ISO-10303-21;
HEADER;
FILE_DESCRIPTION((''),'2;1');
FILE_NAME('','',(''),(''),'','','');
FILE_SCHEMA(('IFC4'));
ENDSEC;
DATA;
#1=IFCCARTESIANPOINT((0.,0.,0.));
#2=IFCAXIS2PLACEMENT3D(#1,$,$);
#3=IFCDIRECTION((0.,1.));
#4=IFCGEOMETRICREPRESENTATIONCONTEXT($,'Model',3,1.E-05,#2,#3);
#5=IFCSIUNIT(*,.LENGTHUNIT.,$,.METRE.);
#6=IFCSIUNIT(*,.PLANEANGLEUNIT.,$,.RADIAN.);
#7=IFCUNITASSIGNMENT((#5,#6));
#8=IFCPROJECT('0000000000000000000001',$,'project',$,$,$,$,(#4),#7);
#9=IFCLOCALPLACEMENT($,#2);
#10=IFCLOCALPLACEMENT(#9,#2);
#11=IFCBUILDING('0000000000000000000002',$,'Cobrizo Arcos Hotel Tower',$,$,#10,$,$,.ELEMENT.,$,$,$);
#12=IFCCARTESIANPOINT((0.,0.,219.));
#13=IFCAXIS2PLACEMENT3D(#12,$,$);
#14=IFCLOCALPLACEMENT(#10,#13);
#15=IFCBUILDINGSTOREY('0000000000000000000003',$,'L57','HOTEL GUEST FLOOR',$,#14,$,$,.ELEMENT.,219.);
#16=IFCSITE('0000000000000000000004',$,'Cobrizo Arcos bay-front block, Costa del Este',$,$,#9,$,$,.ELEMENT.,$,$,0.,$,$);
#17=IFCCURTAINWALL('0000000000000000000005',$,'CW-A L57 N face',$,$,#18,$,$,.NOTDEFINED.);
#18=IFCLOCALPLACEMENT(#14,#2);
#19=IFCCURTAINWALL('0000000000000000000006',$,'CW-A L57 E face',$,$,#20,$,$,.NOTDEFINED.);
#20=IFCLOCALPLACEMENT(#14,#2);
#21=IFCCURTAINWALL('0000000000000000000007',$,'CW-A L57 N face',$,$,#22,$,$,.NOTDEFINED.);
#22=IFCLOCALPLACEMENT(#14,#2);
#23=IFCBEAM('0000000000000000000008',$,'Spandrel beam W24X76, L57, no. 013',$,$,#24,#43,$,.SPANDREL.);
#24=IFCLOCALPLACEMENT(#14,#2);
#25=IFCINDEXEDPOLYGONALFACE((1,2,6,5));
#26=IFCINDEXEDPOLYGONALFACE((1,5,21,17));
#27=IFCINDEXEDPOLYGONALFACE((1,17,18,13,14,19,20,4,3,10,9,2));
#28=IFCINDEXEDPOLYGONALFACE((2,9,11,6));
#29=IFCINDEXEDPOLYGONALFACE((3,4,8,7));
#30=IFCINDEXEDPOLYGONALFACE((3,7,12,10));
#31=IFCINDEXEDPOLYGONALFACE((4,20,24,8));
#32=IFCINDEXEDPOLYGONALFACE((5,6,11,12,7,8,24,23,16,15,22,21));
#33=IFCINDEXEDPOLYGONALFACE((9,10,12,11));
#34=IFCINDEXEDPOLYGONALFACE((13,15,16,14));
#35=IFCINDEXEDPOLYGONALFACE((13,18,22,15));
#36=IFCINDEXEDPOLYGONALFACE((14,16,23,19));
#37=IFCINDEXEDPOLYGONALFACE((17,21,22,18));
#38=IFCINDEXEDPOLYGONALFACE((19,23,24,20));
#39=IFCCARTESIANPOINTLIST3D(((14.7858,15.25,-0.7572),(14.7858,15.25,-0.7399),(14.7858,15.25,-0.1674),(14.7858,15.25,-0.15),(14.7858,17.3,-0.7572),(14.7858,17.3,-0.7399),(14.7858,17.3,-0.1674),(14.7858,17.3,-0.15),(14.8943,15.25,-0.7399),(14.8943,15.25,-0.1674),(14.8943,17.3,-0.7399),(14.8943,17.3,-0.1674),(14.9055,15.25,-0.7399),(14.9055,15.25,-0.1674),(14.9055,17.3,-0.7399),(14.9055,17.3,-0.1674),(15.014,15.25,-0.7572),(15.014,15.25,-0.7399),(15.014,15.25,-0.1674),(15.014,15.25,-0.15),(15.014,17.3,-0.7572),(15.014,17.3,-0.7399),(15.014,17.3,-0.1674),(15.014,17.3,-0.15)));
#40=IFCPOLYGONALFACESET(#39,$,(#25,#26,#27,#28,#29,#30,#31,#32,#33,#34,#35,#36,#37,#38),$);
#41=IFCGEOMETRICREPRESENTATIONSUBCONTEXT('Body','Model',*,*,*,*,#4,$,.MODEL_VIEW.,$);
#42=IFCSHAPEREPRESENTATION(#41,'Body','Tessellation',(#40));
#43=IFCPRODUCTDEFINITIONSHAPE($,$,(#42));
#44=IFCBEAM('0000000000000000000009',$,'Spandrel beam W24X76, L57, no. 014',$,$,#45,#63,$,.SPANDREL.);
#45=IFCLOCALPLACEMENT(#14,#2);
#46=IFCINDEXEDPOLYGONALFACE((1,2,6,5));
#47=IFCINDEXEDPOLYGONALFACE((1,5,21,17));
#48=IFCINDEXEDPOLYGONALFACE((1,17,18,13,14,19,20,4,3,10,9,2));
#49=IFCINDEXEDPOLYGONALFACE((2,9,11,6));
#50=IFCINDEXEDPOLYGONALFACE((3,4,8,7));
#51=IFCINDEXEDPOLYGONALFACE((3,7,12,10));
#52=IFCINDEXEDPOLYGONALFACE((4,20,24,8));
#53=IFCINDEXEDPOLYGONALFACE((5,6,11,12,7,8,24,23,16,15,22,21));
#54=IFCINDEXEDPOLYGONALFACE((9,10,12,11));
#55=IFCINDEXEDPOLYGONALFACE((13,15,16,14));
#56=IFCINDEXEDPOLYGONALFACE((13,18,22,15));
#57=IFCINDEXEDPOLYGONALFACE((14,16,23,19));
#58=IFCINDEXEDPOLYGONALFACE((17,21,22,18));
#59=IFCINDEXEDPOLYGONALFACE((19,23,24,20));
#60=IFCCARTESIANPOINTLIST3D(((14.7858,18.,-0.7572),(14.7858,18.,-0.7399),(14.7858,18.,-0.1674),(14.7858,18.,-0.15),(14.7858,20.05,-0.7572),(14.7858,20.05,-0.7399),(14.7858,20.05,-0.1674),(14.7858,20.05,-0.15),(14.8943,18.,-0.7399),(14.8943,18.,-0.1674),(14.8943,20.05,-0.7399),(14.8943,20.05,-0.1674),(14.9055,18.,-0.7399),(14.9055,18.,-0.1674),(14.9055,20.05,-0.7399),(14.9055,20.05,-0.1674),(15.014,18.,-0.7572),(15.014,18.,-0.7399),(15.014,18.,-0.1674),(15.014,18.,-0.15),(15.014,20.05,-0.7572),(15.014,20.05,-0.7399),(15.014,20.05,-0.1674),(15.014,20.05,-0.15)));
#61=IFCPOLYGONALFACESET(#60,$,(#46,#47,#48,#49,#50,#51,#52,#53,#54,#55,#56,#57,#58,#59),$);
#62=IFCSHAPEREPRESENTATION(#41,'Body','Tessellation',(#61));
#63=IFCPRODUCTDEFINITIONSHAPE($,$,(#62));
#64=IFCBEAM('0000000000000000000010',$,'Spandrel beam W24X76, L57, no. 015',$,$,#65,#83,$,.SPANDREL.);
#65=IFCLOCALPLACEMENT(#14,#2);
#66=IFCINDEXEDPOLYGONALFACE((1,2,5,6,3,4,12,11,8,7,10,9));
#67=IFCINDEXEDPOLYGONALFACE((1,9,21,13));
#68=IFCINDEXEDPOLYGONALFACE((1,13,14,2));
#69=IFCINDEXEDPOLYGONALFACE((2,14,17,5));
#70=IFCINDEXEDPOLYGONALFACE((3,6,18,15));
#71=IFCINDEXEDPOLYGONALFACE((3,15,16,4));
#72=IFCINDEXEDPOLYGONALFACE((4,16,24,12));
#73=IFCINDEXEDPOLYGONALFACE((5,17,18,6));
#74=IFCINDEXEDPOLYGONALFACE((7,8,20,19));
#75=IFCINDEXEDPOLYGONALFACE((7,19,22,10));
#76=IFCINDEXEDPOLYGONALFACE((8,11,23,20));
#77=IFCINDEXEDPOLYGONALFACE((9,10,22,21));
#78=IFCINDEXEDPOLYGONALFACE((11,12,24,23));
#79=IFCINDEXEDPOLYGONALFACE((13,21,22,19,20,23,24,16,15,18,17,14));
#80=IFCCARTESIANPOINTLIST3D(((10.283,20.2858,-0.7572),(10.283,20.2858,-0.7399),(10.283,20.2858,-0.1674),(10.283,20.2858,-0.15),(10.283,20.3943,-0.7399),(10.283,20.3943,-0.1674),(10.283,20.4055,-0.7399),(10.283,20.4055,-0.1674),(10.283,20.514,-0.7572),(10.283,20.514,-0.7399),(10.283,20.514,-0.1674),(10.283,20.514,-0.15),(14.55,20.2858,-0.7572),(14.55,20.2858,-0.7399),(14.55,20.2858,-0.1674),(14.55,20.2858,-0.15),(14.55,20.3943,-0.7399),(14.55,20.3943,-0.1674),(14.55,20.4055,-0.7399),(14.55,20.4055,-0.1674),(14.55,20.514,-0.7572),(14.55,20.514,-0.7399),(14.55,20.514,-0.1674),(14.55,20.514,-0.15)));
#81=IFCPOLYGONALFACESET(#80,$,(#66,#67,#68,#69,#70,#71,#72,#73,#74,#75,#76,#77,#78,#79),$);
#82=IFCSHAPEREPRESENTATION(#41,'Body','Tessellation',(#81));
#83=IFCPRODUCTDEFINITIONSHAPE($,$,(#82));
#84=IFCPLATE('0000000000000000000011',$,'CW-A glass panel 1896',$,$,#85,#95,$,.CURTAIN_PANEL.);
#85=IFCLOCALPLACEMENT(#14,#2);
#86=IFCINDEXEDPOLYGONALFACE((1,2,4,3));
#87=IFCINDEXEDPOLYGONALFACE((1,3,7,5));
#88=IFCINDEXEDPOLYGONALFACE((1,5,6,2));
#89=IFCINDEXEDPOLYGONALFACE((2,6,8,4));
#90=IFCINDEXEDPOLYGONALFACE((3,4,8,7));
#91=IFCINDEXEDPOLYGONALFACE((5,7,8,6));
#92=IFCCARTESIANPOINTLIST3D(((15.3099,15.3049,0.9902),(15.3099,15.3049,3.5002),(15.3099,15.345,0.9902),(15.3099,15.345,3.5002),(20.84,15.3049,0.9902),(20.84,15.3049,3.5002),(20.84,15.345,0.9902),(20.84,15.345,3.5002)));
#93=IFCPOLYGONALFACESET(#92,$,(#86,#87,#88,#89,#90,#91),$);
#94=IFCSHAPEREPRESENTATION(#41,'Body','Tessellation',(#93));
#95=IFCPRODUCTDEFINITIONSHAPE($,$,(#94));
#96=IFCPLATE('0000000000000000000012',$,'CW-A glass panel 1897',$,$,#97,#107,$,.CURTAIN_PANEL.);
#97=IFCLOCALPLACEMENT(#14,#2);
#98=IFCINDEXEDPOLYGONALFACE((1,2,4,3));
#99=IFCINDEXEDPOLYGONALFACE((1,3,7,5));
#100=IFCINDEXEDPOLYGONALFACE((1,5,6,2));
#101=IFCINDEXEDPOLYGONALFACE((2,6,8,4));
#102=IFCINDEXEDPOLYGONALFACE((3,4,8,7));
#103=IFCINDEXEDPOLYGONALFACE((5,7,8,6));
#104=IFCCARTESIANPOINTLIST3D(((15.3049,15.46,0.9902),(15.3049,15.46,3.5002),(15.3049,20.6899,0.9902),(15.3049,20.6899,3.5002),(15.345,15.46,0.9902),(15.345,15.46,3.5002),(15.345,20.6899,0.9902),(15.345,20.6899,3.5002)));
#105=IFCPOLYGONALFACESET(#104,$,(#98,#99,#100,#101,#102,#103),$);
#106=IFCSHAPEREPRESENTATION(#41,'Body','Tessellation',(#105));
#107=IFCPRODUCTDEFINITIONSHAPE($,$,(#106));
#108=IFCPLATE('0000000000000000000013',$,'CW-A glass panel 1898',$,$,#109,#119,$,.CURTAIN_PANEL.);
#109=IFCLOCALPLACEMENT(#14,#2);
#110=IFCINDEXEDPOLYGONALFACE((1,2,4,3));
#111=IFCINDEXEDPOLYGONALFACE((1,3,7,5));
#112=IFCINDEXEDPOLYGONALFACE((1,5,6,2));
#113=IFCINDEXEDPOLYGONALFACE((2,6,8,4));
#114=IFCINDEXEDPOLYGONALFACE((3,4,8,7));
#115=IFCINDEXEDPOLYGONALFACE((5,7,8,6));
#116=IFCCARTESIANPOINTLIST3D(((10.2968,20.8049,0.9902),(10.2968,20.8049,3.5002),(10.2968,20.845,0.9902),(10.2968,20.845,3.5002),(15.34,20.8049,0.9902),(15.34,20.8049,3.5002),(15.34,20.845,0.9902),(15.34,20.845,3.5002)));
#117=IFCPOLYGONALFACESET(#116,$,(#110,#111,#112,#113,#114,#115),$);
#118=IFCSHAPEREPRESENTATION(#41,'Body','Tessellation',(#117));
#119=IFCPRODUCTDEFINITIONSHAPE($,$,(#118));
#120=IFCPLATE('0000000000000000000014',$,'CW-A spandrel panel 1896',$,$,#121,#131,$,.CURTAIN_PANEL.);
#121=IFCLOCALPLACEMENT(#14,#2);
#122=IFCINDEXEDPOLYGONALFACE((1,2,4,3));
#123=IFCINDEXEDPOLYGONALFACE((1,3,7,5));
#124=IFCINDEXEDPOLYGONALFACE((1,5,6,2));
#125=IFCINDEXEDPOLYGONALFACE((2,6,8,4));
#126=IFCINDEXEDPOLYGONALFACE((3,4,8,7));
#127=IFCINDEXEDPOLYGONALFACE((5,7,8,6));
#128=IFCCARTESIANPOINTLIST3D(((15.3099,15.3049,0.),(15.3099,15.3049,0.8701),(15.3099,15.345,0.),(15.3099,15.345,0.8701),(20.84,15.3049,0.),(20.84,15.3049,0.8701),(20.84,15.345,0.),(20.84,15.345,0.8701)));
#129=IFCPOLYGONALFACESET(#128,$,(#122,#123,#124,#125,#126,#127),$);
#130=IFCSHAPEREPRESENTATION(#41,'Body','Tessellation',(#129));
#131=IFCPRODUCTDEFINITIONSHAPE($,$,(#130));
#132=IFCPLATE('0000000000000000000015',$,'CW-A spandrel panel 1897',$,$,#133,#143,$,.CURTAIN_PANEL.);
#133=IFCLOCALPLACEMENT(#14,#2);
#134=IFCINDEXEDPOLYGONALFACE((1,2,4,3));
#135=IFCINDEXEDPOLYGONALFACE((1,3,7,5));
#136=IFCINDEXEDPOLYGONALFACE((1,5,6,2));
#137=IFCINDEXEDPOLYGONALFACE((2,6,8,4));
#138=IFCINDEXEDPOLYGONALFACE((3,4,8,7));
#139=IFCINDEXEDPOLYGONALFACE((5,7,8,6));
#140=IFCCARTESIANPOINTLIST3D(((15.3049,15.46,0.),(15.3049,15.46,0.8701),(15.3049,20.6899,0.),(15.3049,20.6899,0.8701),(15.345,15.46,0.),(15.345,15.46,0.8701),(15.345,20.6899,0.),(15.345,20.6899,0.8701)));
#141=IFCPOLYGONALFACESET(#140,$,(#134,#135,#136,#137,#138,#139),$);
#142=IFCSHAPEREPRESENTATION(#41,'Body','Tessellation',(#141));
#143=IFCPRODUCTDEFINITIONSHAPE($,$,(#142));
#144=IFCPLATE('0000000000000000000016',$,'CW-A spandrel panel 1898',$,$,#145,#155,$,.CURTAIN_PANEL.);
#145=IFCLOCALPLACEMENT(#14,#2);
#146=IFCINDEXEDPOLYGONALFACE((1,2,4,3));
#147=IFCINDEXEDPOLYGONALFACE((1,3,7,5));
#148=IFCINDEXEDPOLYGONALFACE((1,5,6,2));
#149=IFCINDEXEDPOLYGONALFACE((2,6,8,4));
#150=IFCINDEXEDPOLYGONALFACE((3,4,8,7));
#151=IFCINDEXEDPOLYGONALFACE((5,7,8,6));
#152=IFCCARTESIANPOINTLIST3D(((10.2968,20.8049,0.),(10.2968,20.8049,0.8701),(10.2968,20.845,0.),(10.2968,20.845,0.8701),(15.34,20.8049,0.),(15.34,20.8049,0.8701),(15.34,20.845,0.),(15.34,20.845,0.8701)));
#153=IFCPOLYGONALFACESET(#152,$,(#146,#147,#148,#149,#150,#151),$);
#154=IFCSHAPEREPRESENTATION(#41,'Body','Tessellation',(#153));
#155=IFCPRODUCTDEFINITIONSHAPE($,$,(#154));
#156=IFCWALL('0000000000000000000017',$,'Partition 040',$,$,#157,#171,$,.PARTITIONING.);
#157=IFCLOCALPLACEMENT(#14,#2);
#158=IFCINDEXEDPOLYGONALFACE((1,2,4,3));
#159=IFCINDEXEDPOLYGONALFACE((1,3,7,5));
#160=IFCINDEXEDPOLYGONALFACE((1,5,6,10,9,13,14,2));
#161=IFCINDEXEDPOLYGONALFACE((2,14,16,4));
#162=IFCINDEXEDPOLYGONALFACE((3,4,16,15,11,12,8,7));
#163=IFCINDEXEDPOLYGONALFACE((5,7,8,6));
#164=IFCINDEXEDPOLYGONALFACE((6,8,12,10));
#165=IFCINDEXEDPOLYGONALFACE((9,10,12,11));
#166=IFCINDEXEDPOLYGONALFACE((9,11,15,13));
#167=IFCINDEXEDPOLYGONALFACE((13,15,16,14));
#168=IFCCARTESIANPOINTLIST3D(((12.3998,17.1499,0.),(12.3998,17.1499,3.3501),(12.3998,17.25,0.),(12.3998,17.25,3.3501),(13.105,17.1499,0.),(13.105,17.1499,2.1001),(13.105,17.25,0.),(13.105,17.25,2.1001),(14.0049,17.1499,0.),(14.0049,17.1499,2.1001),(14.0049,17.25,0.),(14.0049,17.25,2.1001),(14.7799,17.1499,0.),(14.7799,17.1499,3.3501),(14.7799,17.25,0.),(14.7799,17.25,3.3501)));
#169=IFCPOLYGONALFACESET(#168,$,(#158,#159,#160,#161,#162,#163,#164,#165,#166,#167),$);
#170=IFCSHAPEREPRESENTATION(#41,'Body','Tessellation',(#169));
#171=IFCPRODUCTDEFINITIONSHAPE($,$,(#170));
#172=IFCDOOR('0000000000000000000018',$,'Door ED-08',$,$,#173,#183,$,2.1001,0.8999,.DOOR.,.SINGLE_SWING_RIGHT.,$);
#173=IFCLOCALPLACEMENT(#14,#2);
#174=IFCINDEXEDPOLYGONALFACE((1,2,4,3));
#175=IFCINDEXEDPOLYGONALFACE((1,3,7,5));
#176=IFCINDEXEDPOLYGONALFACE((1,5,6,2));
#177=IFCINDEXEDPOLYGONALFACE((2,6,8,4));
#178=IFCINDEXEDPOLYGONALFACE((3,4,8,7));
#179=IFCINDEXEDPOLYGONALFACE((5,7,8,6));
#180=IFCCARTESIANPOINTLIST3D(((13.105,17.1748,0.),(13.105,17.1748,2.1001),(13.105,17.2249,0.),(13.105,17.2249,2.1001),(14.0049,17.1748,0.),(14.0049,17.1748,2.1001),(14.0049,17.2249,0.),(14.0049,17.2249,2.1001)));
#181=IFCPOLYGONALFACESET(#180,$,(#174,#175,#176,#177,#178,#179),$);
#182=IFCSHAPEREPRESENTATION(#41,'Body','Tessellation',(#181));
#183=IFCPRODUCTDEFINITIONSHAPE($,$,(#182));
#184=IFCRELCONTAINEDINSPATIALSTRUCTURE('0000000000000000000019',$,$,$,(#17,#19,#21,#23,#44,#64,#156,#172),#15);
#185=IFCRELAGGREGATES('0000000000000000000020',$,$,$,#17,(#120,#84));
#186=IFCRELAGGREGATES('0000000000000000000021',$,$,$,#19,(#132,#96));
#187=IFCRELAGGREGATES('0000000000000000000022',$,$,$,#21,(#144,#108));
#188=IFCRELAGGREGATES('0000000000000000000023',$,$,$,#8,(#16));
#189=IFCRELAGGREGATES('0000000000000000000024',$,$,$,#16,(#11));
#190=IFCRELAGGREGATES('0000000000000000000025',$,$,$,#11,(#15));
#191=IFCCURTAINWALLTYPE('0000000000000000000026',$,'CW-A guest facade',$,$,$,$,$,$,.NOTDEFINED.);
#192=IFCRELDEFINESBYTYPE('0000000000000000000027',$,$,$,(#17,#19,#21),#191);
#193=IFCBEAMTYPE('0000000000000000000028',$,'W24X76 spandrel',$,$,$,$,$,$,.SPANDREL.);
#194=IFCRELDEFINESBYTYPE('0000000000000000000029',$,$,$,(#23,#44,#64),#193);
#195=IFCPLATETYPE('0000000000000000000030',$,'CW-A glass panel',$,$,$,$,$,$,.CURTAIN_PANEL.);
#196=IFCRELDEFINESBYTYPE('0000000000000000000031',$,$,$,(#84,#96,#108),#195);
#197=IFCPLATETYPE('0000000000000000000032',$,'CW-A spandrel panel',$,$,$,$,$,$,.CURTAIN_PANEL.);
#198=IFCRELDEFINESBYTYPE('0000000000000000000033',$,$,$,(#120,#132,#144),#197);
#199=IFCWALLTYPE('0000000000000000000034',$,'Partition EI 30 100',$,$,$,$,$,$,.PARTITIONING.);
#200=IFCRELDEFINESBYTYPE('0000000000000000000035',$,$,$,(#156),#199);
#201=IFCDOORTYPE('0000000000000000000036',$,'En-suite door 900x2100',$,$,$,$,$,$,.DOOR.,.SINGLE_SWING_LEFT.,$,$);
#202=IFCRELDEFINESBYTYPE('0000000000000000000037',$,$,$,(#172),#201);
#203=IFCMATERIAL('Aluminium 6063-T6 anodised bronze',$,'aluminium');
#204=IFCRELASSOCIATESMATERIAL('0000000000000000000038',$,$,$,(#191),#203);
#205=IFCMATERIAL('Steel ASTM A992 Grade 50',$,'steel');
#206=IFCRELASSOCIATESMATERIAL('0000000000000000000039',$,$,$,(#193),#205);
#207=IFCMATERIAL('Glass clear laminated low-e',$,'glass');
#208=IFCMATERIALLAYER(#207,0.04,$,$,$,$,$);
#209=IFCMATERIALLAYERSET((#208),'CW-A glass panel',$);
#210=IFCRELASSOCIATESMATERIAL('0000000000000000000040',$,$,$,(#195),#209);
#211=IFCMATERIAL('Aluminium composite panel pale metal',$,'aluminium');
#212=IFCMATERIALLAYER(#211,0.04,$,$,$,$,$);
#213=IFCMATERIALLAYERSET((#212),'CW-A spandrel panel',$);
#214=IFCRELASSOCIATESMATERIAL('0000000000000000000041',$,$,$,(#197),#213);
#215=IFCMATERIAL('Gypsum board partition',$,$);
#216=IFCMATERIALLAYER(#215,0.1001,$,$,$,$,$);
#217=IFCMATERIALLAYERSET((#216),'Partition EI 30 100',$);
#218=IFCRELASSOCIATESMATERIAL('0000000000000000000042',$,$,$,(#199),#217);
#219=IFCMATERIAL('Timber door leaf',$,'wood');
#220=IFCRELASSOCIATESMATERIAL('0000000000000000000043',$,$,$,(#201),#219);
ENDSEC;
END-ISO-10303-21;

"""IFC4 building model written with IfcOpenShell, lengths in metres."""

from ifc_helpers import new_model, si_unit, direction, frame, frame_2d, origin, origin_2d, place, context, subcontext, project, spatial, rectangle, i_section, extrude, material, layer, layer_set, material_profile, profile_set, type_object, element, fill, aggregate, save


model = new_model("IFC4")

# Units and contexts
model_context = context("Model", 3, precision=1e-05, world=origin(), true_north=direction((0.0, 1.0)))
body_context = subcontext(model_context, "Body", "Model", "MODEL_VIEW")
ifc_project = project(units=[si_unit("LENGTHUNIT", "METRE"), si_unit("PLANEANGLEUNIT", "RADIAN")], contexts=[model_context])

# Site, building, storey
site_placement = place(None, origin())
site = spatial("IfcSite", under=ifc_project, at=site_placement, Name="Cobrizo Arcos bay-front block, Costa del Este", CompositionType="ELEMENT", RefElevation=0.0)
building_placement = place(site_placement, origin())
building = spatial("IfcBuilding", under=site, at=building_placement, Name="Cobrizo Arcos Hotel Tower", CompositionType="ELEMENT")
storey_placement = place(building_placement, frame((0.0, 0.0, 219.0)))
storey = spatial("IfcBuildingStorey", under=building, at=storey_placement, Name="L57", Description="HOTEL GUEST FLOOR", CompositionType="ELEMENT", Elevation=219.0)

# Shared definitions
ifc_material_1 = material(Name="Aluminium 6063-T6 anodised bronze", Category="aluminium")
curtain_wall_type = type_object("IfcCurtainWallType", Name="CW-A guest facade", PredefinedType="NOTDEFINED", material=ifc_material_1)

# Curtain walls
curtain_wall_1_placement = place(storey_placement, origin())
curtain_wall_1 = element("IfcCurtainWall", 1, at=curtain_wall_1_placement, inside=storey, type_object=curtain_wall_type, Name="CW-A L57 N face", PredefinedType="NOTDEFINED")
curtain_wall_2_placement = place(storey_placement, origin())
curtain_wall_2 = element("IfcCurtainWall", 2, at=curtain_wall_2_placement, inside=storey, type_object=curtain_wall_type, Name="CW-A L57 E face", PredefinedType="NOTDEFINED")
curtain_wall_3_placement = place(storey_placement, origin())
curtain_wall_3 = element("IfcCurtainWall", 3, at=curtain_wall_3_placement, inside=storey, type_object=curtain_wall_type, Name="CW-A L57 N face", PredefinedType="NOTDEFINED")

# Beams
ifc_material_2 = material(Name="Steel ASTM A992 Grade 50", Category="steel")
ifc_material_profile_1 = material_profile(ifc_material_2, i_section(OverallWidth=0.2283, OverallDepth=0.6072, WebThickness=0.0112, FlangeThickness=0.0173, at=origin_2d()), Name="W24X76")
ifc_profile_set_1 = profile_set([ifc_material_profile_1], Name="Steel ASTM A992 Grade 50")
beam_type = type_object("IfcBeamType", Name="W24X76 spandrel", PredefinedType="SPANDREL", material=ifc_profile_set_1)
for number, where, z_axis, x_axis, name in (
    (4, (14.8999, 15.25, -0.4536), (0.0, 1.0, 0.0), (-1.0, 0.0, 0.0), "Spandrel beam W24X76, L57, no. 013"),
    (5, (14.8999, 18.0, -0.4536), (0.0, 1.0, 0.0), (-1.0, 0.0, 0.0), "Spandrel beam W24X76, L57, no. 014"),
):
    element("IfcBeam", number, at=place(storey_placement, frame(where, z_axis=z_axis, x_axis=x_axis)), inside=storey, type_object=beam_type, Name=name, PredefinedType="SPANDREL", context=body_context, shape_type="SweptSolid", body=[
        extrude(i_section(OverallWidth=0.2283, OverallDepth=0.6072, WebThickness=0.0112, FlangeThickness=0.0173, at=origin_2d()), origin(), (0.0, 0.0, 1.0), 2.05),
    ])
beam_placement = place(storey_placement, frame((14.55, 20.3999, -0.4536), z_axis=(-1.0, 0.0, 0.0), x_axis=(0.0, -1.0, 0.0)))
element("IfcBeam", 6, at=beam_placement, inside=storey, type_object=beam_type, Name="Spandrel beam W24X76, L57, no. 015", PredefinedType="SPANDREL", context=body_context, shape_type="SweptSolid", body=[
    extrude(i_section(OverallWidth=0.2283, OverallDepth=0.6072, WebThickness=0.0112, FlangeThickness=0.0173, at=origin_2d()), origin(), (0.0, 0.0, 1.0), 4.2671),
])

# Plates
ifc_material_3 = material(Name="Glass clear laminated low-e", Category="glass")
ifc_layer_1 = layer(ifc_material_3, 0.04)
ifc_layer_set_1 = layer_set([ifc_layer_1], Name="CW-A glass panel")
plate_type_1 = type_object("IfcPlateType", Name="CW-A glass panel", PredefinedType="CURTAIN_PANEL", material=ifc_layer_set_1)
plate_1_placement = place(storey_placement, frame((18.075, 15.325, 0.9902), z_axis=(0.0, 0.0, 1.0), x_axis=(-1.0, 0.0, 0.0)))
plate_1 = element("IfcPlate", 7, at=plate_1_placement, type_object=plate_type_1, Name="CW-A glass panel 1896", PredefinedType="CURTAIN_PANEL", context=body_context, shape_type="SweptSolid", body=[
    extrude(rectangle(XDim=5.53, YDim=0.04, at=origin_2d()), origin(), (0.0, 0.0, 1.0), 2.51),
])
plate_2_placement = place(storey_placement, frame((15.325, 18.075, 0.9902), z_axis=(0.0, 0.0, 1.0), x_axis=(0.0, 1.0, 0.0)))
plate_2 = element("IfcPlate", 8, at=plate_2_placement, type_object=plate_type_1, Name="CW-A glass panel 1897", PredefinedType="CURTAIN_PANEL", context=body_context, shape_type="SweptSolid", body=[
    extrude(rectangle(XDim=5.23, YDim=0.04, at=origin_2d()), origin(), (0.0, 0.0, 1.0), 2.51),
])
plate_3_placement = place(storey_placement, frame((12.8184, 20.825, 0.9902), z_axis=(0.0, 0.0, 1.0), x_axis=(-1.0, 0.0, 0.0)))
plate_3 = element("IfcPlate", 9, at=plate_3_placement, type_object=plate_type_1, Name="CW-A glass panel 1898", PredefinedType="CURTAIN_PANEL", context=body_context, shape_type="SweptSolid", body=[
    extrude(rectangle(XDim=5.0432, YDim=0.04, at=origin_2d()), origin(), (0.0, 0.0, 1.0), 2.51),
])
ifc_material_4 = material(Name="Aluminium composite panel pale metal", Category="aluminium")
ifc_layer_2 = layer(ifc_material_4, 0.04)
ifc_layer_set_2 = layer_set([ifc_layer_2], Name="CW-A spandrel panel")
plate_type_2 = type_object("IfcPlateType", Name="CW-A spandrel panel", PredefinedType="CURTAIN_PANEL", material=ifc_layer_set_2)
plate_4_placement = place(storey_placement, frame((18.075, 15.325, 0.0), z_axis=(0.0, 0.0, 1.0), x_axis=(-1.0, 0.0, 0.0)))
plate_4 = element("IfcPlate", 10, at=plate_4_placement, type_object=plate_type_2, Name="CW-A spandrel panel 1896", PredefinedType="CURTAIN_PANEL", context=body_context, shape_type="SweptSolid", body=[
    extrude(rectangle(XDim=5.53, YDim=0.04, at=origin_2d()), origin(), (0.0, 0.0, 1.0), 0.8701),
])
aggregate(curtain_wall_1, [plate_4, plate_1])
plate_5_placement = place(storey_placement, frame((15.325, 18.075, 0.0), z_axis=(0.0, 0.0, 1.0), x_axis=(0.0, 1.0, 0.0)))
plate_5 = element("IfcPlate", 11, at=plate_5_placement, type_object=plate_type_2, Name="CW-A spandrel panel 1897", PredefinedType="CURTAIN_PANEL", context=body_context, shape_type="SweptSolid", body=[
    extrude(rectangle(XDim=5.23, YDim=0.04, at=origin_2d()), origin(), (0.0, 0.0, 1.0), 0.8701),
])
aggregate(curtain_wall_2, [plate_5, plate_2])
plate_6_placement = place(storey_placement, frame((12.8184, 20.825, 0.0), z_axis=(0.0, 0.0, 1.0), x_axis=(-1.0, 0.0, 0.0)))
plate_6 = element("IfcPlate", 12, at=plate_6_placement, type_object=plate_type_2, Name="CW-A spandrel panel 1898", PredefinedType="CURTAIN_PANEL", context=body_context, shape_type="SweptSolid", body=[
    extrude(rectangle(XDim=5.0432, YDim=0.04, at=origin_2d()), origin(), (0.0, 0.0, 1.0), 0.8701),
])
aggregate(curtain_wall_3, [plate_6, plate_3])

# Wall, opening, door
ifc_material_5 = material(Name="Gypsum board partition")
ifc_layer_3 = layer(ifc_material_5, 0.1001)
ifc_layer_set_3 = layer_set([ifc_layer_3], Name="Partition EI 30 100")
wall_type = type_object("IfcWallType", Name="Partition EI 30 100", PredefinedType="PARTITIONING", material=ifc_layer_set_3)
wall_placement = place(storey_placement, frame((12.3999, 17.2, 0.0), z_axis=(0.0, 0.0, 1.0), x_axis=(1.0, 0.0, 0.0)))
wall = element("IfcWall", 13, at=wall_placement, inside=storey, type_object=wall_type, Name="Partition 040", PredefinedType="PARTITIONING", context=body_context, shape_type="SweptSolid", body=[
    extrude(rectangle(XDim=2.3801, YDim=0.1001, at=frame_2d((1.1899, 0.0))), origin(), (0.0, 0.0, 1.0), 3.3501),
])
opening_placement = place(wall_placement, frame((0.7051, 0.0, 0.0)))
opening = element("IfcOpeningElement", 14, at=opening_placement, cuts=wall, PredefinedType="OPENING", context=body_context, shape_type="SweptSolid", body=[
    extrude(rectangle(XDim=0.8999, YDim=2.1001, at=frame_2d((0.45, 1.05))), frame((0.0, 0.062, 0.0), z_axis=(0.0, -1.0, 0.0), x_axis=(1.0, 0.0, 0.0)), (0.0, 0.0, 1.0), 0.124),
])
ifc_material_6 = material(Name="Timber door leaf", Category="wood")
door_type = type_object("IfcDoorType", Name="En-suite door 900x2100", OperationType="SINGLE_SWING_LEFT", PredefinedType="DOOR", material=ifc_material_6)
door_placement = place(opening_placement, origin())
door = element("IfcDoor", 15, at=door_placement, inside=storey, type_object=door_type, Name="Door ED-08", OperationType="SINGLE_SWING_RIGHT", OverallHeight=2.1001, OverallWidth=0.8999, PredefinedType="DOOR", context=body_context, shape_type="SweptSolid", body=[
    extrude(rectangle(XDim=0.8999, YDim=2.1001, at=frame_2d((0.45, 1.05))), frame((0.0, 0.0249, 0.0), z_axis=(0.0, -1.0, 0.0), x_axis=(1.0, 0.0, 0.0)), (0.0, 0.0, 1.0), 0.05),
])
fill(opening, door)

save(model, "model.ifc")
